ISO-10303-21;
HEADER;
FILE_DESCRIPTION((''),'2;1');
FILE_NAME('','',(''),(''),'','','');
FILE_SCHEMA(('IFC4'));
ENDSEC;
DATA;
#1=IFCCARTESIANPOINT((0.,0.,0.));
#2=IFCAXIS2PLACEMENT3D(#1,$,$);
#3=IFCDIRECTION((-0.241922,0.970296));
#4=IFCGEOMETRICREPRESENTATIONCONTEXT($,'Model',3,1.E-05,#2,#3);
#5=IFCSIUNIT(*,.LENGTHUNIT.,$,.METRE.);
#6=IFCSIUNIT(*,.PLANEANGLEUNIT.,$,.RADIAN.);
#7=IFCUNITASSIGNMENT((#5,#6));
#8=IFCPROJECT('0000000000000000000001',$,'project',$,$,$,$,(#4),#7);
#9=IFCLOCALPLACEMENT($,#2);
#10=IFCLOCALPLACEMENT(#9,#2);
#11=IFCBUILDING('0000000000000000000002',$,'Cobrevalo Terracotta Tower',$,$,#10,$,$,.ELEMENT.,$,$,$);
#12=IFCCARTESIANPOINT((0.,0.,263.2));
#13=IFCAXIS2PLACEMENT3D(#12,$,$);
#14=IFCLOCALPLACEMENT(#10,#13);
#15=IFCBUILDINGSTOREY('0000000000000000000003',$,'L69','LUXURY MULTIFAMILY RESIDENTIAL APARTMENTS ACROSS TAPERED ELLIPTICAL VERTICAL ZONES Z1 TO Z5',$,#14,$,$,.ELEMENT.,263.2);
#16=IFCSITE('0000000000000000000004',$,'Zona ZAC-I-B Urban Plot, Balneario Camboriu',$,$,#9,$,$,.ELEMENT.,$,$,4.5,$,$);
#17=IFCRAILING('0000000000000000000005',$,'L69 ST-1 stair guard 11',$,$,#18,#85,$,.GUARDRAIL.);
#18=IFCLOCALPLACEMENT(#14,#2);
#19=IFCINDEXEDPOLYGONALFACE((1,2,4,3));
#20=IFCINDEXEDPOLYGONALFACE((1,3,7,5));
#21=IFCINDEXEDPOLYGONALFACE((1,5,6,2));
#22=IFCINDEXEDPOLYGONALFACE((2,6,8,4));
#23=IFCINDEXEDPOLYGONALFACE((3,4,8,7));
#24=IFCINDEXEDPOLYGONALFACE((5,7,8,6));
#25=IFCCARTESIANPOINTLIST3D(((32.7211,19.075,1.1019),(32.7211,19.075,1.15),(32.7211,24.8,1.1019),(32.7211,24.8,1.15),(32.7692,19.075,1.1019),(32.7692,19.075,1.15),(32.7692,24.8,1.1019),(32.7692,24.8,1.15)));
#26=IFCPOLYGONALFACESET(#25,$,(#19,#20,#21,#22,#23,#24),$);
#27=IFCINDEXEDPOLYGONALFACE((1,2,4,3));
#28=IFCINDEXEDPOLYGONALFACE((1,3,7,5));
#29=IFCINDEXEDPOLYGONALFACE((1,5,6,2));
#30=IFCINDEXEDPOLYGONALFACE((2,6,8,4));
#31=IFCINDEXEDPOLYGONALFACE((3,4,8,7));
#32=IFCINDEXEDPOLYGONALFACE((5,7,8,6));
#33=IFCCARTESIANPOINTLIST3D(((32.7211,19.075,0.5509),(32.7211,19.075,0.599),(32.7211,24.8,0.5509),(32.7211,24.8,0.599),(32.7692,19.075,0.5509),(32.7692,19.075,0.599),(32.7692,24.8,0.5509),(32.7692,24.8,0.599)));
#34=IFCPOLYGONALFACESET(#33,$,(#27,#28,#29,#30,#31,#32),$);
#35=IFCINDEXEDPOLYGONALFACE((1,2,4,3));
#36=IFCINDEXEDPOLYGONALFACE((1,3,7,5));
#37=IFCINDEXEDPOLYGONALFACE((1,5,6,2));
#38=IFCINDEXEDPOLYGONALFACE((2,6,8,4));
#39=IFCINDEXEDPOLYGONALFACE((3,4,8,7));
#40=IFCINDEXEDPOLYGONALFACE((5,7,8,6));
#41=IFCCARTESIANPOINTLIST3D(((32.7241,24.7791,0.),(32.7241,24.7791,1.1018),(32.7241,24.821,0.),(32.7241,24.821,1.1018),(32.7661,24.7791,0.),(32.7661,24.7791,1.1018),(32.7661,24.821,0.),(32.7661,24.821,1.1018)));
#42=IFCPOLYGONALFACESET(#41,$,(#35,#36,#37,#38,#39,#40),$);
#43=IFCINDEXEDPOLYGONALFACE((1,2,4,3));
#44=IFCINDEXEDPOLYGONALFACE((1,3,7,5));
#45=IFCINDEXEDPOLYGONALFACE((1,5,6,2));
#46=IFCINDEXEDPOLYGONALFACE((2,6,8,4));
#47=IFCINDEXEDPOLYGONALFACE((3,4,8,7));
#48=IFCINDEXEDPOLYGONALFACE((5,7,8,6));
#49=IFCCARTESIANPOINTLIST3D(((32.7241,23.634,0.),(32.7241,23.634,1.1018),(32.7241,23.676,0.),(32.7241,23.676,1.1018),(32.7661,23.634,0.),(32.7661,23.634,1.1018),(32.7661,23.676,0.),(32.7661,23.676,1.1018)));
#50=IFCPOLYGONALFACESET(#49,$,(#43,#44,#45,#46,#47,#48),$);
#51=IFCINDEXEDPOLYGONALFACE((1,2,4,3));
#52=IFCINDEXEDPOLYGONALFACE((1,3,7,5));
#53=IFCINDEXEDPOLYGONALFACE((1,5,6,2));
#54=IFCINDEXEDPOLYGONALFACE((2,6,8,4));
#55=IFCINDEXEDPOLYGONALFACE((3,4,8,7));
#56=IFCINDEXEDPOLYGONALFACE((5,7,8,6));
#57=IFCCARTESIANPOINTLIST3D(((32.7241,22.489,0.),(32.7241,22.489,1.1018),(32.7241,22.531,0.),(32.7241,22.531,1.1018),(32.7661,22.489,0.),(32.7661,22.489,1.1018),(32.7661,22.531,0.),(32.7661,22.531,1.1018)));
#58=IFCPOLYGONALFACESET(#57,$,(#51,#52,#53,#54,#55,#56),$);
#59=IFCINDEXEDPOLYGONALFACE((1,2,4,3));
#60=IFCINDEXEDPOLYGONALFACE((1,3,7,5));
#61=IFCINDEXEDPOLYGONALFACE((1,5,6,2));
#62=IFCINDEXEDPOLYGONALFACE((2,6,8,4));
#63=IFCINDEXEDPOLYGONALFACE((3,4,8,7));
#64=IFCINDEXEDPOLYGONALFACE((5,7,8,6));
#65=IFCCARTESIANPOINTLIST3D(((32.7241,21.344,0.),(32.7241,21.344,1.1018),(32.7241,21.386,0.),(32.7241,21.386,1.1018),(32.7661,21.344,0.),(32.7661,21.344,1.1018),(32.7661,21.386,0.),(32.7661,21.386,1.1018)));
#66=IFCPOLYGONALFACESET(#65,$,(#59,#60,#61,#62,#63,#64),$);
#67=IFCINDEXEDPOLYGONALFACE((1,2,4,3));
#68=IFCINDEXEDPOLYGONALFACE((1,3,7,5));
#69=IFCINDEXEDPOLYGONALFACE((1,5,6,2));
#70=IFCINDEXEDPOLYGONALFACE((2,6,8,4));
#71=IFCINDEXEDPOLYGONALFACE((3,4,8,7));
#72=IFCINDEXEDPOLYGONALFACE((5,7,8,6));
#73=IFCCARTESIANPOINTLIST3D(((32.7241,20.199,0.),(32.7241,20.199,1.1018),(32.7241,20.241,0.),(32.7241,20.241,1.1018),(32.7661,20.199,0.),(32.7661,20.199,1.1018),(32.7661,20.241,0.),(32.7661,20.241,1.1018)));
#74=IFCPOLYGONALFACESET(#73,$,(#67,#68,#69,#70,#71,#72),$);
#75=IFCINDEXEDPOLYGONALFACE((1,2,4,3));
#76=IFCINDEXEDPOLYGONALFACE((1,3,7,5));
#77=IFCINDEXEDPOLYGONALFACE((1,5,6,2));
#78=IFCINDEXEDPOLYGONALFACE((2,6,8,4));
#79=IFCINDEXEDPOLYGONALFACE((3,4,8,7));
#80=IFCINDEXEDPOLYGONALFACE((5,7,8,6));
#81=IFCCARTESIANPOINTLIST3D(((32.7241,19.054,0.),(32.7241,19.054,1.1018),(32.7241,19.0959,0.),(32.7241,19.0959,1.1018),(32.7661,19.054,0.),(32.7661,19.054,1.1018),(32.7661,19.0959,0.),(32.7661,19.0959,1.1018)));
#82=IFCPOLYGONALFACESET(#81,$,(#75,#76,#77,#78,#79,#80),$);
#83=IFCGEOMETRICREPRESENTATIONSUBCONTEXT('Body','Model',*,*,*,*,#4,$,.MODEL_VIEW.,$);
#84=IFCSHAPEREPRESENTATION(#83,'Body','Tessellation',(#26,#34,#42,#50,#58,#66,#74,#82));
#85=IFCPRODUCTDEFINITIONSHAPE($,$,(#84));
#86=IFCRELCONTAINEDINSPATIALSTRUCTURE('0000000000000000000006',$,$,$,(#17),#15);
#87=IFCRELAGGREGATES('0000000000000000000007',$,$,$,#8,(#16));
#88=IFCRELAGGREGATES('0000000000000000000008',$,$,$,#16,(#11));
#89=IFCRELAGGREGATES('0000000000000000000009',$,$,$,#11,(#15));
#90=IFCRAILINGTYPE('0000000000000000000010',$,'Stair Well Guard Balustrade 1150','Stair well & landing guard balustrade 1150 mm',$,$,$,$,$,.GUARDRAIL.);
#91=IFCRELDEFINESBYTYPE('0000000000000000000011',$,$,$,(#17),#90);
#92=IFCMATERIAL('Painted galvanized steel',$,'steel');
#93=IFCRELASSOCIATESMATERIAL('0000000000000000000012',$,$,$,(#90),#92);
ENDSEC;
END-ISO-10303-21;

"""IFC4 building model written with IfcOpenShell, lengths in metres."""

from ifc_helpers import new_model, si_unit, direction, frame, origin, origin_2d, place, context, subcontext, project, spatial, rectangle, extrude, material, type_object, element, save


model = new_model("IFC4")

# Units and contexts
model_context = context("Model", 3, precision=1e-05, world=origin(), true_north=direction((-0.241922, 0.970296)))
body_context = subcontext(model_context, "Body", "Model", "MODEL_VIEW")
ifc_project = project(units=[si_unit("LENGTHUNIT", "METRE"), si_unit("PLANEANGLEUNIT", "RADIAN")], contexts=[model_context])

# Site, building, storey
site_placement = place(None, origin())
site = spatial("IfcSite", under=ifc_project, at=site_placement, Name="Zona ZAC-I-B Urban Plot, Balneario Camboriu", CompositionType="ELEMENT", RefElevation=4.5)
building_placement = place(site_placement, origin())
building = spatial("IfcBuilding", under=site, at=building_placement, Name="Cobrevalo Terracotta Tower", CompositionType="ELEMENT")
storey_placement = place(building_placement, frame((0.0, 0.0, 263.2)))
storey = spatial("IfcBuildingStorey", under=building, at=storey_placement, Name="L69", Description="LUXURY MULTIFAMILY RESIDENTIAL APARTMENTS ACROSS TAPERED ELLIPTICAL VERTICAL ZONES Z1 TO Z5", CompositionType="ELEMENT", Elevation=263.2)

# Railing
ifc_material_1 = material(Name="Painted galvanized steel", Category="steel")
railing_type_1 = type_object("IfcRailingType", Name="Stair Well Guard Balustrade 1150", Description="Stair well & landing guard balustrade 1150 mm", PredefinedType="GUARDRAIL", material=ifc_material_1)
for number, where, name in (
    (1, (32.7451, 24.8, 0.0), "L69 ST-1 stair guard 11"),
):
    element("IfcRailing", number, at=place(storey_placement, frame(where)), inside=storey, type_object=railing_type_1, Name=name, PredefinedType="GUARDRAIL", context=body_context, shape_type="SweptSolid", body=[
        extrude(rectangle(XDim=0.0481, YDim=0.0481, at=origin_2d()), frame((0.0, 0.0, 1.126), z_axis=(0.0, -1.0, 0.0), x_axis=(1.0, 0.0, 0.0)), (0.0, 0.0, 1.0), 5.7251),
        extrude(rectangle(XDim=0.0481, YDim=0.0481, at=origin_2d()), frame((0.0, 0.0, 0.575), z_axis=(0.0, -1.0, 0.0), x_axis=(1.0, 0.0, 0.0)), (0.0, 0.0, 1.0), 5.7251),
        extrude(rectangle(XDim=0.042, YDim=0.042, at=origin_2d()), origin(), (0.0, 0.0, 1.0), 1.1018),
        extrude(rectangle(XDim=0.042, YDim=0.042, at=origin_2d()), frame((0.0, -1.145, 0.0)), (0.0, 0.0, 1.0), 1.1018),
        extrude(rectangle(XDim=0.042, YDim=0.042, at=origin_2d()), frame((0.0, -2.29, 0.0)), (0.0, 0.0, 1.0), 1.1018),
        extrude(rectangle(XDim=0.042, YDim=0.042, at=origin_2d()), frame((0.0, -3.4351, 0.0)), (0.0, 0.0, 1.0), 1.1018),
        extrude(rectangle(XDim=0.042, YDim=0.042, at=origin_2d()), frame((0.0, -4.5801, 0.0)), (0.0, 0.0, 1.0), 1.1018),
        extrude(rectangle(XDim=0.042, YDim=0.042, at=origin_2d()), frame((0.0, -5.7251, 0.0)), (0.0, 0.0, 1.0), 1.1018),
    ])

save(model, "model.ifc")
